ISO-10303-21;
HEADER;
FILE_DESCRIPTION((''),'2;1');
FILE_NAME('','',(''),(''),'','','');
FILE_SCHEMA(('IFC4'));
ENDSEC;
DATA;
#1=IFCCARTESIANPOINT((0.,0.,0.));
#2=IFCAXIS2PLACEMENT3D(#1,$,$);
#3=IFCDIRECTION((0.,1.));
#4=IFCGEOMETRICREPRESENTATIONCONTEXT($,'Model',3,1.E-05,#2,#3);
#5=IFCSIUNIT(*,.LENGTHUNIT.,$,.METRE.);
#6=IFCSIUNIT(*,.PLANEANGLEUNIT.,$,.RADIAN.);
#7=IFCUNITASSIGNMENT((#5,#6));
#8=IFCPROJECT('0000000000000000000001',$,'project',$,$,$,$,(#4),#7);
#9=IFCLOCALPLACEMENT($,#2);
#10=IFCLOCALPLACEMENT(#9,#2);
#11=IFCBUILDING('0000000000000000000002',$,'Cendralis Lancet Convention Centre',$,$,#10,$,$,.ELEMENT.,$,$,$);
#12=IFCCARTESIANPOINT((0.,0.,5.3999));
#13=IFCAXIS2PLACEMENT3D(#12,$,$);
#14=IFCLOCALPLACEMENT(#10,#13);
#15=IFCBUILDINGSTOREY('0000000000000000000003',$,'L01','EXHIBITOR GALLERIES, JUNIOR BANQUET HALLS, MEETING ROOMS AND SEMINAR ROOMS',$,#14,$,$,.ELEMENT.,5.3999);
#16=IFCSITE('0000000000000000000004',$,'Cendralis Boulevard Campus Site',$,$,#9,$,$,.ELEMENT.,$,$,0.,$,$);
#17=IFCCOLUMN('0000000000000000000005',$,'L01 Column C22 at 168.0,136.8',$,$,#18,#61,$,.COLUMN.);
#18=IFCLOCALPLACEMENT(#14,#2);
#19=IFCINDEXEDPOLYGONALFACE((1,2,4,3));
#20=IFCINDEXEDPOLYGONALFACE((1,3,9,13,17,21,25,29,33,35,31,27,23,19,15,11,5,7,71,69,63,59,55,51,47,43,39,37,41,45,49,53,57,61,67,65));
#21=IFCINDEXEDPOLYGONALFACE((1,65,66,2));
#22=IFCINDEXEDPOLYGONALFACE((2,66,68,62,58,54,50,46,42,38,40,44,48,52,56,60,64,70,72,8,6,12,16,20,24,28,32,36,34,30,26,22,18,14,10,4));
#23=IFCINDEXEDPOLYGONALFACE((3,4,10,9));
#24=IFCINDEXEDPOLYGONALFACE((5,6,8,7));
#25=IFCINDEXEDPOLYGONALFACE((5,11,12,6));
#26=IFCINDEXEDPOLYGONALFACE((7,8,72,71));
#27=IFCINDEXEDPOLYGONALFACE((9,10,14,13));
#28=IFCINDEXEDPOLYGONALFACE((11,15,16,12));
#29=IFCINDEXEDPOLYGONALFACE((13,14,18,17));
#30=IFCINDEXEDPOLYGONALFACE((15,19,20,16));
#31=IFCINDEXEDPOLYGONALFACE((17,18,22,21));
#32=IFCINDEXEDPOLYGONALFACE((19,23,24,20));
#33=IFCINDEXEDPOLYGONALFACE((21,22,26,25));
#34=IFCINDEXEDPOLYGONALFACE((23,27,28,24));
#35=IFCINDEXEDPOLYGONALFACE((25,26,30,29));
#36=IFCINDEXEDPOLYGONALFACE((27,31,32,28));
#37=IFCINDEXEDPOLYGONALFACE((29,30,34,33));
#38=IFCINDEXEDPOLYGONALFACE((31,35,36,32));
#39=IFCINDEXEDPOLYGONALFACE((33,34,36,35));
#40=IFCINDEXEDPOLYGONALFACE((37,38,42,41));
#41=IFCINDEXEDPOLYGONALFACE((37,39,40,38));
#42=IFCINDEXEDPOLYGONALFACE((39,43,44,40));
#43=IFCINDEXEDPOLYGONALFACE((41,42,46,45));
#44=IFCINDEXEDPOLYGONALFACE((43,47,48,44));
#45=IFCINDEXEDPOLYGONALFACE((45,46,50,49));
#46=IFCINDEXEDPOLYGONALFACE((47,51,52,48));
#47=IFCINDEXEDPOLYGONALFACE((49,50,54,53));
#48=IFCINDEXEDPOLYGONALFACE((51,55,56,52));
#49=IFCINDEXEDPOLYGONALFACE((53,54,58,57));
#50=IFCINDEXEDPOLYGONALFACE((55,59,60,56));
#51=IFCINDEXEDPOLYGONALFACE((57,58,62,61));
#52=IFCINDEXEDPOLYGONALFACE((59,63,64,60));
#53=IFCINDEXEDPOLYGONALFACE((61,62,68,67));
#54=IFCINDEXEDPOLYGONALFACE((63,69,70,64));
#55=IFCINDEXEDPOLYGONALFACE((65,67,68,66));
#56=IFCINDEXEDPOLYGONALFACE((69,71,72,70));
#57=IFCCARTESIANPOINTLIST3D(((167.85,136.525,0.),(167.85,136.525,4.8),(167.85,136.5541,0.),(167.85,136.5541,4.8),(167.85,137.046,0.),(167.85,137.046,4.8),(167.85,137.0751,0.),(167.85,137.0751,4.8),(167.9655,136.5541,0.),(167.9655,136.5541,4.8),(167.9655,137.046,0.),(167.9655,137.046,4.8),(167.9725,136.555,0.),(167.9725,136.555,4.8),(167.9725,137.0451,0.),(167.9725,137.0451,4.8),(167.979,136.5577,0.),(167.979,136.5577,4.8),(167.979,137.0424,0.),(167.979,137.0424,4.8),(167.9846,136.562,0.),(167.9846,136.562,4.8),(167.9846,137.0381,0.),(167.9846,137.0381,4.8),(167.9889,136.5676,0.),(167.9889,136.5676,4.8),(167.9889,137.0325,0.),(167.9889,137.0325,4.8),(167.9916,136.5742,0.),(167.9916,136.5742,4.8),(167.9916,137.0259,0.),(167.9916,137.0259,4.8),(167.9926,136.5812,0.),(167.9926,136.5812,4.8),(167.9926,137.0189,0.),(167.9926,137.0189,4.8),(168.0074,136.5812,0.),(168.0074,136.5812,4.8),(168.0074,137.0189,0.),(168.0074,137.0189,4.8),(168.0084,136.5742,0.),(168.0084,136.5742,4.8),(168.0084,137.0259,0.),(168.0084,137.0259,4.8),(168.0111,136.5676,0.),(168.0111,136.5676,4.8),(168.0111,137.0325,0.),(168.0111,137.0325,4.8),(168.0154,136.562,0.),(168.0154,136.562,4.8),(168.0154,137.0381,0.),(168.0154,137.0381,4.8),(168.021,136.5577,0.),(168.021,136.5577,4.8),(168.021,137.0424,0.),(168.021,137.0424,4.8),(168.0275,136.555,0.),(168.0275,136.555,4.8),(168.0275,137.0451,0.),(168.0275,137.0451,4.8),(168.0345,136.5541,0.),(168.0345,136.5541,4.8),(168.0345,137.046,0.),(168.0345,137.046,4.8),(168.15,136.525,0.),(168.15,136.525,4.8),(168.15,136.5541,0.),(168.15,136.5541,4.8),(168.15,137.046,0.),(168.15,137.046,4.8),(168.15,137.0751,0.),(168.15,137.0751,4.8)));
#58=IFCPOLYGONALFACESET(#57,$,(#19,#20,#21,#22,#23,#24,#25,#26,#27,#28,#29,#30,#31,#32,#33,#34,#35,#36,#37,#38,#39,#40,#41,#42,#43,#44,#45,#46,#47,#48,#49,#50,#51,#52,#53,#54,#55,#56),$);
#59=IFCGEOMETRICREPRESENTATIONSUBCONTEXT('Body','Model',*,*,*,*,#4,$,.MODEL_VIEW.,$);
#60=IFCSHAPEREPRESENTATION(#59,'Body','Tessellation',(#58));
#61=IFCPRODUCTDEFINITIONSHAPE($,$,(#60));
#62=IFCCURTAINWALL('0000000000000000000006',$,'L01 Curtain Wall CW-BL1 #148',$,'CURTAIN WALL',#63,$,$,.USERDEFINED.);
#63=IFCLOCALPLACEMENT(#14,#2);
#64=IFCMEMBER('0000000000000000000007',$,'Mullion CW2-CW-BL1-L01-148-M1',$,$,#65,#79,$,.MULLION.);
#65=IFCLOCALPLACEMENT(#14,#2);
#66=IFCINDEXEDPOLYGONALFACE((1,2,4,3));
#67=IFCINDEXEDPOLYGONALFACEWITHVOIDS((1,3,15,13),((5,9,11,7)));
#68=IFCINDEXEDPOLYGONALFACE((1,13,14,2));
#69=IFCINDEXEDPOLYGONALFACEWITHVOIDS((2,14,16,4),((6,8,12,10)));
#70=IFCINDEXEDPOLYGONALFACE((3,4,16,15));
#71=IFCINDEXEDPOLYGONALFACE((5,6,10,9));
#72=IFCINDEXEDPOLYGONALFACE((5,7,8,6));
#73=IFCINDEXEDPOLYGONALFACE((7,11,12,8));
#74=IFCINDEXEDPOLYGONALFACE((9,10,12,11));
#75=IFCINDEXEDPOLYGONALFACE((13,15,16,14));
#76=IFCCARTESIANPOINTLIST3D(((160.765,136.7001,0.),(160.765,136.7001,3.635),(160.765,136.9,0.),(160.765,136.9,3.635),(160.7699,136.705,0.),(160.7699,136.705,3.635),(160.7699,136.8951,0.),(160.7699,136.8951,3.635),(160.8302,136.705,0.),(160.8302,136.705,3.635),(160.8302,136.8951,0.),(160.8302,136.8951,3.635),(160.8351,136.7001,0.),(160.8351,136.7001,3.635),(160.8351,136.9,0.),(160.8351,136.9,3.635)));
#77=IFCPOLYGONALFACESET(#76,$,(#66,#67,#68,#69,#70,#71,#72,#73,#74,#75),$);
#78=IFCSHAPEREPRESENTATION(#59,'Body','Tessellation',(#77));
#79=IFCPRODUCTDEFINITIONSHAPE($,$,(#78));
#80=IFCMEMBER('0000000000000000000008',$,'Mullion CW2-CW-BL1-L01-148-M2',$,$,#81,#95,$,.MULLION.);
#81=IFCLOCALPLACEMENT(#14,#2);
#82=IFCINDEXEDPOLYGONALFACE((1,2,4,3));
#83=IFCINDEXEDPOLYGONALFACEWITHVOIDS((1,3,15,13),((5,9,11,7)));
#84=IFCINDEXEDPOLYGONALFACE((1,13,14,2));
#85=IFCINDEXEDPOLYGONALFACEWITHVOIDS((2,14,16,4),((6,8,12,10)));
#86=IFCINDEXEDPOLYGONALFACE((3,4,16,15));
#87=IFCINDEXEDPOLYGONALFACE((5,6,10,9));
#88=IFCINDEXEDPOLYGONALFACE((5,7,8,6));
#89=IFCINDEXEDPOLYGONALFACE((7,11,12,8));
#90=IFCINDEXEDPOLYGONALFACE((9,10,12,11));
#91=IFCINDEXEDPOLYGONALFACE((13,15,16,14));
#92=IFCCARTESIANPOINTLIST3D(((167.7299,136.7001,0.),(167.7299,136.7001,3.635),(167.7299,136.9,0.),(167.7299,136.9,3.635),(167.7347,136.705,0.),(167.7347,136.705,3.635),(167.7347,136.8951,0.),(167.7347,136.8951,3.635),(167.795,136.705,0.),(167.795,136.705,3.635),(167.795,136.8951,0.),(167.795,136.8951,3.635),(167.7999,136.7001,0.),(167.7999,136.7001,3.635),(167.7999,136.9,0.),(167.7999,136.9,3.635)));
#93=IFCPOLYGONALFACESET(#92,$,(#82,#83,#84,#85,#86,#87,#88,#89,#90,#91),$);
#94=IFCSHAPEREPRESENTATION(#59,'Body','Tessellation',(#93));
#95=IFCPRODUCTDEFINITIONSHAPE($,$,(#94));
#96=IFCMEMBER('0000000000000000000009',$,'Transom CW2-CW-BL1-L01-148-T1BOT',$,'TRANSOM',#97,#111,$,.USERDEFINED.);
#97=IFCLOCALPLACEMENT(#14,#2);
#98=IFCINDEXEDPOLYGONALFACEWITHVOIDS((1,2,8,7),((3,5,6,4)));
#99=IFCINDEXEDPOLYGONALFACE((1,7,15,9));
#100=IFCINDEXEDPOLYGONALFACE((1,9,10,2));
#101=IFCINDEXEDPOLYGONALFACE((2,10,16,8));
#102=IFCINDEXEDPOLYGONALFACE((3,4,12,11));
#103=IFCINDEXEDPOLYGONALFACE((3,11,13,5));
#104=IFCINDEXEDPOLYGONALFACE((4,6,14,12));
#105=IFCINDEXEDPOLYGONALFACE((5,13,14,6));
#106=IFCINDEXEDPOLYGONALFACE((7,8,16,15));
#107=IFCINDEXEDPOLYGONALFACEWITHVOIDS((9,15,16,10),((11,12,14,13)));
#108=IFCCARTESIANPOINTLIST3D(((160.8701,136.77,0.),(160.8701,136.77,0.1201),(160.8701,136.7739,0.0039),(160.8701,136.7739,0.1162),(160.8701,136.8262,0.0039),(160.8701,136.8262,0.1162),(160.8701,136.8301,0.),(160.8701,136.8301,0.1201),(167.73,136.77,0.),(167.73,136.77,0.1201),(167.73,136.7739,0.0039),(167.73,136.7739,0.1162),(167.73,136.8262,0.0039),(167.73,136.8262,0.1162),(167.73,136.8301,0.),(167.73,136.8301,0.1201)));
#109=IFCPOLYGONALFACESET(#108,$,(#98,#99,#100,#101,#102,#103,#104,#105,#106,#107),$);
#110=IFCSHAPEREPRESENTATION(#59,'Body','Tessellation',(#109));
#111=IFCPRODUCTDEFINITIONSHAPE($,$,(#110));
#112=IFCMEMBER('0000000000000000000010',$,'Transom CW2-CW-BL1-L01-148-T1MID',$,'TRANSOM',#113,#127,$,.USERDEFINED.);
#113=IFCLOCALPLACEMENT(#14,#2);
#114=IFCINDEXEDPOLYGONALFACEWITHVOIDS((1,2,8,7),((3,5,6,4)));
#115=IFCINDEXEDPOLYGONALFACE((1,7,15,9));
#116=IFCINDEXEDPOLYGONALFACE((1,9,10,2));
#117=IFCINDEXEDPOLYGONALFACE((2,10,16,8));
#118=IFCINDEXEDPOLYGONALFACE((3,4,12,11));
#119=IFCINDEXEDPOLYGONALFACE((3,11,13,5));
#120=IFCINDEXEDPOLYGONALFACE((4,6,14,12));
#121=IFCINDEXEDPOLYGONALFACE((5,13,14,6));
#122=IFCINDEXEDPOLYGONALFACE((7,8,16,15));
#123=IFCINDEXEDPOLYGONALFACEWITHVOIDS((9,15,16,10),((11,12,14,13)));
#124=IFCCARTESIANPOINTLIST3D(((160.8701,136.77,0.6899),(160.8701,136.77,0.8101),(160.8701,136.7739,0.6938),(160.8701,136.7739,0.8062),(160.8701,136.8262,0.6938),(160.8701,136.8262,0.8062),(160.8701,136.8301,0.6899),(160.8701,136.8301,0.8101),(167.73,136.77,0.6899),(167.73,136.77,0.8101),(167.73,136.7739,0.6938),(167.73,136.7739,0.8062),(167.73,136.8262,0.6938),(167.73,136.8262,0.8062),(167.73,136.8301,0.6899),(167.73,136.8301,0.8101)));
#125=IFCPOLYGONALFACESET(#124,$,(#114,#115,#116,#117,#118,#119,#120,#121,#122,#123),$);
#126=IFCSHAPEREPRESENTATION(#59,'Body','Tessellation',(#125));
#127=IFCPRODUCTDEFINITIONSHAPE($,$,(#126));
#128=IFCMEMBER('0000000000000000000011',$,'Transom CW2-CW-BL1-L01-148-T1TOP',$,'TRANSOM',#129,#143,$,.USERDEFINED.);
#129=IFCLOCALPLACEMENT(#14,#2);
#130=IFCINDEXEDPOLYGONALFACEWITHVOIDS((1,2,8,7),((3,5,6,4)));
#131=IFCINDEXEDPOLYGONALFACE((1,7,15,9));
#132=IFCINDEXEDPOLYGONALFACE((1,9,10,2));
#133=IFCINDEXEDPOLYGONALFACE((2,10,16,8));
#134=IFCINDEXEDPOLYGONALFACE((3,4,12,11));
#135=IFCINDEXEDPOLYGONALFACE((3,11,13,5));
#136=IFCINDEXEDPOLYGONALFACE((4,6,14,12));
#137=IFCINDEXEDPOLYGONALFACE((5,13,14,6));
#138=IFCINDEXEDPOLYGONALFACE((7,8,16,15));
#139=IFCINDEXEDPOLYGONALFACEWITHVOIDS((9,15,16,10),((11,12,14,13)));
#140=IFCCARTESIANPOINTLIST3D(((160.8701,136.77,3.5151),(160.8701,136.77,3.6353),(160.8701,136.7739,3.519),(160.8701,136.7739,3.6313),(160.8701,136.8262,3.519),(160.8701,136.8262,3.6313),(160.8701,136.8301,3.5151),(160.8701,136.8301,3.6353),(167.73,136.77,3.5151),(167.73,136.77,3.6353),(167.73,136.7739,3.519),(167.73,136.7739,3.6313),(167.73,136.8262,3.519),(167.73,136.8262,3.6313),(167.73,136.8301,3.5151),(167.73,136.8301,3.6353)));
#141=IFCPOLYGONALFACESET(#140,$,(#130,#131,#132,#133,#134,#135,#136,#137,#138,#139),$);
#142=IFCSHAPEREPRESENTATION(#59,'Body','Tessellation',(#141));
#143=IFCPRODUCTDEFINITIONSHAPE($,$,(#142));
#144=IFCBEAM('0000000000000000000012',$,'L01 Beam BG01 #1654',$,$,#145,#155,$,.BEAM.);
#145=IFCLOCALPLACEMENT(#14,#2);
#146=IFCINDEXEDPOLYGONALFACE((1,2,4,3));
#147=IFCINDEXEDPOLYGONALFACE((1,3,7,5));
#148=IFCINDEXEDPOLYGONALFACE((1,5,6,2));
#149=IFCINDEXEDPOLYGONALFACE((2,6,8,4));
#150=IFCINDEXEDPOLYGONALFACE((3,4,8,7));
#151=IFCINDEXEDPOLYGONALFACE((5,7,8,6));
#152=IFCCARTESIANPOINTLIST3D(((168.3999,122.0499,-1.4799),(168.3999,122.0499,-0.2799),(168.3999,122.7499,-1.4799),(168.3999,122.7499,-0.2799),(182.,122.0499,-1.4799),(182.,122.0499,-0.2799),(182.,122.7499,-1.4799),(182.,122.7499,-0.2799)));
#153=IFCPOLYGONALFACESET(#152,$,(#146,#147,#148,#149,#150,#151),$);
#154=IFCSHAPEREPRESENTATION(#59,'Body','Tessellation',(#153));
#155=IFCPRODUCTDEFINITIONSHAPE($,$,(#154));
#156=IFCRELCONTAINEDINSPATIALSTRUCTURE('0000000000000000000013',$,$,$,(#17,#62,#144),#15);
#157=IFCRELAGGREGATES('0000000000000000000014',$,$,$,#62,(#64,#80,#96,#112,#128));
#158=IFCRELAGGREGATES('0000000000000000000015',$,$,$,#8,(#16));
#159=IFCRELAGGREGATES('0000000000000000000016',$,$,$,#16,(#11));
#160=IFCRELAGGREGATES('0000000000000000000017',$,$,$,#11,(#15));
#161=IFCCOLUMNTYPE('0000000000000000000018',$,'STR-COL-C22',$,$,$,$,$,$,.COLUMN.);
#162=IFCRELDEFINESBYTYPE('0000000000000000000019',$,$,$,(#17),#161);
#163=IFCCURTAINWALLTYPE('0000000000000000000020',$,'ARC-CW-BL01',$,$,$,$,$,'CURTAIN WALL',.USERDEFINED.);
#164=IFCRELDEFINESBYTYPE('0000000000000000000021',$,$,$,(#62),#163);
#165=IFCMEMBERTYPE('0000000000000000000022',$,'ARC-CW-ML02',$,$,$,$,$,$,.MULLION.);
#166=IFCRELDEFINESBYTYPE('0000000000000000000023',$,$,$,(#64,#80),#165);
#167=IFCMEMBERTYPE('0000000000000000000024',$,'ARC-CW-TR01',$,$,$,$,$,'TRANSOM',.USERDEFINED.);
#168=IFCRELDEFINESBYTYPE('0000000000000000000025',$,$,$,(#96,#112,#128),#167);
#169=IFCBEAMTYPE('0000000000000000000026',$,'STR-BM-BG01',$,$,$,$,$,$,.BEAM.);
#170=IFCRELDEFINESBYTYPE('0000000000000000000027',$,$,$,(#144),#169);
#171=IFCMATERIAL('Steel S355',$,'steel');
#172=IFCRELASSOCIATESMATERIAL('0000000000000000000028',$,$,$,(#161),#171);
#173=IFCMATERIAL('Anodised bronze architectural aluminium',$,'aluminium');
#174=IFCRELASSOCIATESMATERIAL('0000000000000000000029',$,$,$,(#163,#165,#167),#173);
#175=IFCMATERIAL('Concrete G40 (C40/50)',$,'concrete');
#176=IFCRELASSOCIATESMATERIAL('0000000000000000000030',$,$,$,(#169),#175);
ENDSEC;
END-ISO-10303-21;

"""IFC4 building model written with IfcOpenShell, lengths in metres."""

from ifc_helpers import new_model, si_unit, direction, frame, origin, origin_2d, place, context, subcontext, project, spatial, rectangle, hollow_rectangle, i_section, extrude, material, material_profile, profile_set, type_object, element, aggregate, save


model = new_model("IFC4")

# Units and contexts
model_context = context("Model", 3, precision=1e-05, world=origin(), true_north=direction((0.0, 1.0)))
body_context = subcontext(model_context, "Body", "Model", "MODEL_VIEW")
ifc_project = project(units=[si_unit("LENGTHUNIT", "METRE"), si_unit("PLANEANGLEUNIT", "RADIAN")], contexts=[model_context])

# Site, building, storey
site_placement = place(None, origin())
site = spatial("IfcSite", under=ifc_project, at=site_placement, Name="Cendralis Boulevard Campus Site", CompositionType="ELEMENT", RefElevation=0.0)
building_placement = place(site_placement, origin())
building = spatial("IfcBuilding", under=site, at=building_placement, Name="Cendralis Lancet Convention Centre", CompositionType="ELEMENT")
storey_placement = place(building_placement, frame((0.0, 0.0, 5.3999)))
storey = spatial("IfcBuildingStorey", under=building, at=storey_placement, Name="L01", Description="EXHIBITOR GALLERIES, JUNIOR BANQUET HALLS, MEETING ROOMS AND SEMINAR ROOMS", CompositionType="ELEMENT", Elevation=5.3999)

# Column
ifc_material_1 = material(Name="Steel S355", Category="steel")
ifc_material_profile_1 = material_profile(ifc_material_1, i_section(OverallWidth=0.3, OverallDepth=0.55, WebThickness=0.0149, FlangeThickness=0.0291, FilletRadius=0.0271, at=origin_2d()), Name="HEB 550")
ifc_profile_set_1 = profile_set([ifc_material_profile_1], Name="Steel S355")
column_type = type_object("IfcColumnType", Name="STR-COL-C22", PredefinedType="COLUMN", material=ifc_profile_set_1)
column_placement = place(storey_placement, frame((168.0, 136.8, 0.0), z_axis=(0.0, 0.0, 1.0), x_axis=(1.0, 0.0, 0.0)))
element("IfcColumn", 1, at=column_placement, inside=storey, type_object=column_type, Name="L01 Column C22 at 168.0,136.8", PredefinedType="COLUMN", context=body_context, shape_type="SweptSolid", body=[
    extrude(i_section(OverallWidth=0.3, OverallDepth=0.55, WebThickness=0.0149, FlangeThickness=0.0291, FilletRadius=0.0271, at=origin_2d()), origin(), (0.0, 0.0, 1.0), 4.8),
])

# Curtain wall, members
ifc_material_2 = material(Name="Anodised bronze architectural aluminium", Category="aluminium")
curtain_wall_type = type_object("IfcCurtainWallType", Name="ARC-CW-BL01", ElementType="CURTAIN WALL", PredefinedType="USERDEFINED", material=ifc_material_2)
curtain_wall_placement = place(storey_placement, origin())
curtain_wall = element("IfcCurtainWall", 2, at=curtain_wall_placement, inside=storey, type_object=curtain_wall_type, Name="L01 Curtain Wall CW-BL1 #148", ObjectType="CURTAIN WALL", PredefinedType="USERDEFINED")
ifc_material_profile_2 = material_profile(ifc_material_2, hollow_rectangle(XDim=0.0701, YDim=0.2, WallThickness=0.0049, at=origin_2d()), Name="AL-MULL 70x200x5.0")
ifc_profile_set_2 = profile_set([ifc_material_profile_2], Name="Anodised bronze architectural aluminium")
member_type_1 = type_object("IfcMemberType", Name="ARC-CW-ML02", PredefinedType="MULLION", material=ifc_profile_set_2)
member_1_placement = place(storey_placement, frame((160.8, 136.8, 0.0), z_axis=(0.0, 0.0, 1.0), x_axis=(1.0, 0.0, 0.0)))
member_1 = element("IfcMember", 3, at=member_1_placement, type_object=member_type_1, Name="Mullion CW2-CW-BL1-L01-148-M1", PredefinedType="MULLION", context=body_context, shape_type="SweptSolid", body=[
    extrude(hollow_rectangle(XDim=0.0701, YDim=0.2, WallThickness=0.0049, at=origin_2d()), origin(), (0.0, 0.0, 1.0), 3.635),
])
member_2_placement = place(storey_placement, frame((167.7649, 136.8, 0.0), z_axis=(0.0, 0.0, 1.0), x_axis=(1.0, 0.0, 0.0)))
member_2 = element("IfcMember", 4, at=member_2_placement, type_object=member_type_1, Name="Mullion CW2-CW-BL1-L01-148-M2", PredefinedType="MULLION", context=body_context, shape_type="SweptSolid", body=[
    extrude(hollow_rectangle(XDim=0.0701, YDim=0.2, WallThickness=0.0049, at=origin_2d()), origin(), (0.0, 0.0, 1.0), 3.635),
])
ifc_material_profile_3 = material_profile(ifc_material_2, hollow_rectangle(XDim=0.0601, YDim=0.1201, WallThickness=0.0039, at=origin_2d()), Name="AL-TRAN 60x120x4.0")
ifc_profile_set_3 = profile_set([ifc_material_profile_3], Name="Anodised bronze architectural aluminium")
member_type_2 = type_object("IfcMemberType", Name="ARC-CW-TR01", ElementType="TRANSOM", PredefinedType="USERDEFINED", material=ifc_profile_set_3)
member_3_placement = place(storey_placement, frame((160.8701, 136.8, 0.0601), z_axis=(1.0, 0.0, 0.0), x_axis=(0.0, 1.0, 0.0)))
member_3 = element("IfcMember", 5, at=member_3_placement, type_object=member_type_2, Name="Transom CW2-CW-BL1-L01-148-T1BOT", ObjectType="TRANSOM", PredefinedType="USERDEFINED", context=body_context, shape_type="SweptSolid", body=[
    extrude(hollow_rectangle(XDim=0.0601, YDim=0.1201, WallThickness=0.0039, at=origin_2d()), origin(), (0.0, 0.0, 1.0), 6.8599),
])
member_4_placement = place(storey_placement, frame((160.8701, 136.8, 0.75), z_axis=(1.0, 0.0, 0.0), x_axis=(0.0, 1.0, 0.0)))
member_4 = element("IfcMember", 6, at=member_4_placement, type_object=member_type_2, Name="Transom CW2-CW-BL1-L01-148-T1MID", ObjectType="TRANSOM", PredefinedType="USERDEFINED", context=body_context, shape_type="SweptSolid", body=[
    extrude(hollow_rectangle(XDim=0.0601, YDim=0.1201, WallThickness=0.0039, at=origin_2d()), origin(), (0.0, 0.0, 1.0), 6.8599),
])
member_5_placement = place(storey_placement, frame((160.8701, 136.8, 3.5752), z_axis=(1.0, 0.0, 0.0), x_axis=(0.0, 1.0, 0.0)))
member_5 = element("IfcMember", 7, at=member_5_placement, type_object=member_type_2, Name="Transom CW2-CW-BL1-L01-148-T1TOP", ObjectType="TRANSOM", PredefinedType="USERDEFINED", context=body_context, shape_type="SweptSolid", body=[
    extrude(hollow_rectangle(XDim=0.0601, YDim=0.1201, WallThickness=0.0039, at=origin_2d()), origin(), (0.0, 0.0, 1.0), 6.8599),
])

# Beam
ifc_material_3 = material(Name="Concrete G40 (C40/50)", Category="concrete")
ifc_material_profile_4 = material_profile(ifc_material_3, rectangle(XDim=0.7, YDim=1.2, at=origin_2d()), Name="RCB 700x1200")
ifc_profile_set_4 = profile_set([ifc_material_profile_4], Name="Concrete G40 (C40/50)")
beam_type_1 = type_object("IfcBeamType", Name="STR-BM-BG01", PredefinedType="BEAM", material=ifc_profile_set_4)
beam_1_placement = place(storey_placement, frame((168.3999, 122.3999, -0.8799), z_axis=(1.0, 0.0, 0.0), x_axis=(0.0, 1.0, 0.0)))
element("IfcBeam", 8, at=beam_1_placement, inside=storey, type_object=beam_type_1, Name="L01 Beam BG01 #1654", PredefinedType="BEAM", context=body_context, shape_type="SweptSolid", body=[
    extrude(rectangle(XDim=0.7, YDim=1.2, at=origin_2d()), origin(), (0.0, 0.0, 1.0), 13.6001),
])

aggregate(curtain_wall, [member_1, member_2, member_3, member_4, member_5])

save(model, "model.ifc")
